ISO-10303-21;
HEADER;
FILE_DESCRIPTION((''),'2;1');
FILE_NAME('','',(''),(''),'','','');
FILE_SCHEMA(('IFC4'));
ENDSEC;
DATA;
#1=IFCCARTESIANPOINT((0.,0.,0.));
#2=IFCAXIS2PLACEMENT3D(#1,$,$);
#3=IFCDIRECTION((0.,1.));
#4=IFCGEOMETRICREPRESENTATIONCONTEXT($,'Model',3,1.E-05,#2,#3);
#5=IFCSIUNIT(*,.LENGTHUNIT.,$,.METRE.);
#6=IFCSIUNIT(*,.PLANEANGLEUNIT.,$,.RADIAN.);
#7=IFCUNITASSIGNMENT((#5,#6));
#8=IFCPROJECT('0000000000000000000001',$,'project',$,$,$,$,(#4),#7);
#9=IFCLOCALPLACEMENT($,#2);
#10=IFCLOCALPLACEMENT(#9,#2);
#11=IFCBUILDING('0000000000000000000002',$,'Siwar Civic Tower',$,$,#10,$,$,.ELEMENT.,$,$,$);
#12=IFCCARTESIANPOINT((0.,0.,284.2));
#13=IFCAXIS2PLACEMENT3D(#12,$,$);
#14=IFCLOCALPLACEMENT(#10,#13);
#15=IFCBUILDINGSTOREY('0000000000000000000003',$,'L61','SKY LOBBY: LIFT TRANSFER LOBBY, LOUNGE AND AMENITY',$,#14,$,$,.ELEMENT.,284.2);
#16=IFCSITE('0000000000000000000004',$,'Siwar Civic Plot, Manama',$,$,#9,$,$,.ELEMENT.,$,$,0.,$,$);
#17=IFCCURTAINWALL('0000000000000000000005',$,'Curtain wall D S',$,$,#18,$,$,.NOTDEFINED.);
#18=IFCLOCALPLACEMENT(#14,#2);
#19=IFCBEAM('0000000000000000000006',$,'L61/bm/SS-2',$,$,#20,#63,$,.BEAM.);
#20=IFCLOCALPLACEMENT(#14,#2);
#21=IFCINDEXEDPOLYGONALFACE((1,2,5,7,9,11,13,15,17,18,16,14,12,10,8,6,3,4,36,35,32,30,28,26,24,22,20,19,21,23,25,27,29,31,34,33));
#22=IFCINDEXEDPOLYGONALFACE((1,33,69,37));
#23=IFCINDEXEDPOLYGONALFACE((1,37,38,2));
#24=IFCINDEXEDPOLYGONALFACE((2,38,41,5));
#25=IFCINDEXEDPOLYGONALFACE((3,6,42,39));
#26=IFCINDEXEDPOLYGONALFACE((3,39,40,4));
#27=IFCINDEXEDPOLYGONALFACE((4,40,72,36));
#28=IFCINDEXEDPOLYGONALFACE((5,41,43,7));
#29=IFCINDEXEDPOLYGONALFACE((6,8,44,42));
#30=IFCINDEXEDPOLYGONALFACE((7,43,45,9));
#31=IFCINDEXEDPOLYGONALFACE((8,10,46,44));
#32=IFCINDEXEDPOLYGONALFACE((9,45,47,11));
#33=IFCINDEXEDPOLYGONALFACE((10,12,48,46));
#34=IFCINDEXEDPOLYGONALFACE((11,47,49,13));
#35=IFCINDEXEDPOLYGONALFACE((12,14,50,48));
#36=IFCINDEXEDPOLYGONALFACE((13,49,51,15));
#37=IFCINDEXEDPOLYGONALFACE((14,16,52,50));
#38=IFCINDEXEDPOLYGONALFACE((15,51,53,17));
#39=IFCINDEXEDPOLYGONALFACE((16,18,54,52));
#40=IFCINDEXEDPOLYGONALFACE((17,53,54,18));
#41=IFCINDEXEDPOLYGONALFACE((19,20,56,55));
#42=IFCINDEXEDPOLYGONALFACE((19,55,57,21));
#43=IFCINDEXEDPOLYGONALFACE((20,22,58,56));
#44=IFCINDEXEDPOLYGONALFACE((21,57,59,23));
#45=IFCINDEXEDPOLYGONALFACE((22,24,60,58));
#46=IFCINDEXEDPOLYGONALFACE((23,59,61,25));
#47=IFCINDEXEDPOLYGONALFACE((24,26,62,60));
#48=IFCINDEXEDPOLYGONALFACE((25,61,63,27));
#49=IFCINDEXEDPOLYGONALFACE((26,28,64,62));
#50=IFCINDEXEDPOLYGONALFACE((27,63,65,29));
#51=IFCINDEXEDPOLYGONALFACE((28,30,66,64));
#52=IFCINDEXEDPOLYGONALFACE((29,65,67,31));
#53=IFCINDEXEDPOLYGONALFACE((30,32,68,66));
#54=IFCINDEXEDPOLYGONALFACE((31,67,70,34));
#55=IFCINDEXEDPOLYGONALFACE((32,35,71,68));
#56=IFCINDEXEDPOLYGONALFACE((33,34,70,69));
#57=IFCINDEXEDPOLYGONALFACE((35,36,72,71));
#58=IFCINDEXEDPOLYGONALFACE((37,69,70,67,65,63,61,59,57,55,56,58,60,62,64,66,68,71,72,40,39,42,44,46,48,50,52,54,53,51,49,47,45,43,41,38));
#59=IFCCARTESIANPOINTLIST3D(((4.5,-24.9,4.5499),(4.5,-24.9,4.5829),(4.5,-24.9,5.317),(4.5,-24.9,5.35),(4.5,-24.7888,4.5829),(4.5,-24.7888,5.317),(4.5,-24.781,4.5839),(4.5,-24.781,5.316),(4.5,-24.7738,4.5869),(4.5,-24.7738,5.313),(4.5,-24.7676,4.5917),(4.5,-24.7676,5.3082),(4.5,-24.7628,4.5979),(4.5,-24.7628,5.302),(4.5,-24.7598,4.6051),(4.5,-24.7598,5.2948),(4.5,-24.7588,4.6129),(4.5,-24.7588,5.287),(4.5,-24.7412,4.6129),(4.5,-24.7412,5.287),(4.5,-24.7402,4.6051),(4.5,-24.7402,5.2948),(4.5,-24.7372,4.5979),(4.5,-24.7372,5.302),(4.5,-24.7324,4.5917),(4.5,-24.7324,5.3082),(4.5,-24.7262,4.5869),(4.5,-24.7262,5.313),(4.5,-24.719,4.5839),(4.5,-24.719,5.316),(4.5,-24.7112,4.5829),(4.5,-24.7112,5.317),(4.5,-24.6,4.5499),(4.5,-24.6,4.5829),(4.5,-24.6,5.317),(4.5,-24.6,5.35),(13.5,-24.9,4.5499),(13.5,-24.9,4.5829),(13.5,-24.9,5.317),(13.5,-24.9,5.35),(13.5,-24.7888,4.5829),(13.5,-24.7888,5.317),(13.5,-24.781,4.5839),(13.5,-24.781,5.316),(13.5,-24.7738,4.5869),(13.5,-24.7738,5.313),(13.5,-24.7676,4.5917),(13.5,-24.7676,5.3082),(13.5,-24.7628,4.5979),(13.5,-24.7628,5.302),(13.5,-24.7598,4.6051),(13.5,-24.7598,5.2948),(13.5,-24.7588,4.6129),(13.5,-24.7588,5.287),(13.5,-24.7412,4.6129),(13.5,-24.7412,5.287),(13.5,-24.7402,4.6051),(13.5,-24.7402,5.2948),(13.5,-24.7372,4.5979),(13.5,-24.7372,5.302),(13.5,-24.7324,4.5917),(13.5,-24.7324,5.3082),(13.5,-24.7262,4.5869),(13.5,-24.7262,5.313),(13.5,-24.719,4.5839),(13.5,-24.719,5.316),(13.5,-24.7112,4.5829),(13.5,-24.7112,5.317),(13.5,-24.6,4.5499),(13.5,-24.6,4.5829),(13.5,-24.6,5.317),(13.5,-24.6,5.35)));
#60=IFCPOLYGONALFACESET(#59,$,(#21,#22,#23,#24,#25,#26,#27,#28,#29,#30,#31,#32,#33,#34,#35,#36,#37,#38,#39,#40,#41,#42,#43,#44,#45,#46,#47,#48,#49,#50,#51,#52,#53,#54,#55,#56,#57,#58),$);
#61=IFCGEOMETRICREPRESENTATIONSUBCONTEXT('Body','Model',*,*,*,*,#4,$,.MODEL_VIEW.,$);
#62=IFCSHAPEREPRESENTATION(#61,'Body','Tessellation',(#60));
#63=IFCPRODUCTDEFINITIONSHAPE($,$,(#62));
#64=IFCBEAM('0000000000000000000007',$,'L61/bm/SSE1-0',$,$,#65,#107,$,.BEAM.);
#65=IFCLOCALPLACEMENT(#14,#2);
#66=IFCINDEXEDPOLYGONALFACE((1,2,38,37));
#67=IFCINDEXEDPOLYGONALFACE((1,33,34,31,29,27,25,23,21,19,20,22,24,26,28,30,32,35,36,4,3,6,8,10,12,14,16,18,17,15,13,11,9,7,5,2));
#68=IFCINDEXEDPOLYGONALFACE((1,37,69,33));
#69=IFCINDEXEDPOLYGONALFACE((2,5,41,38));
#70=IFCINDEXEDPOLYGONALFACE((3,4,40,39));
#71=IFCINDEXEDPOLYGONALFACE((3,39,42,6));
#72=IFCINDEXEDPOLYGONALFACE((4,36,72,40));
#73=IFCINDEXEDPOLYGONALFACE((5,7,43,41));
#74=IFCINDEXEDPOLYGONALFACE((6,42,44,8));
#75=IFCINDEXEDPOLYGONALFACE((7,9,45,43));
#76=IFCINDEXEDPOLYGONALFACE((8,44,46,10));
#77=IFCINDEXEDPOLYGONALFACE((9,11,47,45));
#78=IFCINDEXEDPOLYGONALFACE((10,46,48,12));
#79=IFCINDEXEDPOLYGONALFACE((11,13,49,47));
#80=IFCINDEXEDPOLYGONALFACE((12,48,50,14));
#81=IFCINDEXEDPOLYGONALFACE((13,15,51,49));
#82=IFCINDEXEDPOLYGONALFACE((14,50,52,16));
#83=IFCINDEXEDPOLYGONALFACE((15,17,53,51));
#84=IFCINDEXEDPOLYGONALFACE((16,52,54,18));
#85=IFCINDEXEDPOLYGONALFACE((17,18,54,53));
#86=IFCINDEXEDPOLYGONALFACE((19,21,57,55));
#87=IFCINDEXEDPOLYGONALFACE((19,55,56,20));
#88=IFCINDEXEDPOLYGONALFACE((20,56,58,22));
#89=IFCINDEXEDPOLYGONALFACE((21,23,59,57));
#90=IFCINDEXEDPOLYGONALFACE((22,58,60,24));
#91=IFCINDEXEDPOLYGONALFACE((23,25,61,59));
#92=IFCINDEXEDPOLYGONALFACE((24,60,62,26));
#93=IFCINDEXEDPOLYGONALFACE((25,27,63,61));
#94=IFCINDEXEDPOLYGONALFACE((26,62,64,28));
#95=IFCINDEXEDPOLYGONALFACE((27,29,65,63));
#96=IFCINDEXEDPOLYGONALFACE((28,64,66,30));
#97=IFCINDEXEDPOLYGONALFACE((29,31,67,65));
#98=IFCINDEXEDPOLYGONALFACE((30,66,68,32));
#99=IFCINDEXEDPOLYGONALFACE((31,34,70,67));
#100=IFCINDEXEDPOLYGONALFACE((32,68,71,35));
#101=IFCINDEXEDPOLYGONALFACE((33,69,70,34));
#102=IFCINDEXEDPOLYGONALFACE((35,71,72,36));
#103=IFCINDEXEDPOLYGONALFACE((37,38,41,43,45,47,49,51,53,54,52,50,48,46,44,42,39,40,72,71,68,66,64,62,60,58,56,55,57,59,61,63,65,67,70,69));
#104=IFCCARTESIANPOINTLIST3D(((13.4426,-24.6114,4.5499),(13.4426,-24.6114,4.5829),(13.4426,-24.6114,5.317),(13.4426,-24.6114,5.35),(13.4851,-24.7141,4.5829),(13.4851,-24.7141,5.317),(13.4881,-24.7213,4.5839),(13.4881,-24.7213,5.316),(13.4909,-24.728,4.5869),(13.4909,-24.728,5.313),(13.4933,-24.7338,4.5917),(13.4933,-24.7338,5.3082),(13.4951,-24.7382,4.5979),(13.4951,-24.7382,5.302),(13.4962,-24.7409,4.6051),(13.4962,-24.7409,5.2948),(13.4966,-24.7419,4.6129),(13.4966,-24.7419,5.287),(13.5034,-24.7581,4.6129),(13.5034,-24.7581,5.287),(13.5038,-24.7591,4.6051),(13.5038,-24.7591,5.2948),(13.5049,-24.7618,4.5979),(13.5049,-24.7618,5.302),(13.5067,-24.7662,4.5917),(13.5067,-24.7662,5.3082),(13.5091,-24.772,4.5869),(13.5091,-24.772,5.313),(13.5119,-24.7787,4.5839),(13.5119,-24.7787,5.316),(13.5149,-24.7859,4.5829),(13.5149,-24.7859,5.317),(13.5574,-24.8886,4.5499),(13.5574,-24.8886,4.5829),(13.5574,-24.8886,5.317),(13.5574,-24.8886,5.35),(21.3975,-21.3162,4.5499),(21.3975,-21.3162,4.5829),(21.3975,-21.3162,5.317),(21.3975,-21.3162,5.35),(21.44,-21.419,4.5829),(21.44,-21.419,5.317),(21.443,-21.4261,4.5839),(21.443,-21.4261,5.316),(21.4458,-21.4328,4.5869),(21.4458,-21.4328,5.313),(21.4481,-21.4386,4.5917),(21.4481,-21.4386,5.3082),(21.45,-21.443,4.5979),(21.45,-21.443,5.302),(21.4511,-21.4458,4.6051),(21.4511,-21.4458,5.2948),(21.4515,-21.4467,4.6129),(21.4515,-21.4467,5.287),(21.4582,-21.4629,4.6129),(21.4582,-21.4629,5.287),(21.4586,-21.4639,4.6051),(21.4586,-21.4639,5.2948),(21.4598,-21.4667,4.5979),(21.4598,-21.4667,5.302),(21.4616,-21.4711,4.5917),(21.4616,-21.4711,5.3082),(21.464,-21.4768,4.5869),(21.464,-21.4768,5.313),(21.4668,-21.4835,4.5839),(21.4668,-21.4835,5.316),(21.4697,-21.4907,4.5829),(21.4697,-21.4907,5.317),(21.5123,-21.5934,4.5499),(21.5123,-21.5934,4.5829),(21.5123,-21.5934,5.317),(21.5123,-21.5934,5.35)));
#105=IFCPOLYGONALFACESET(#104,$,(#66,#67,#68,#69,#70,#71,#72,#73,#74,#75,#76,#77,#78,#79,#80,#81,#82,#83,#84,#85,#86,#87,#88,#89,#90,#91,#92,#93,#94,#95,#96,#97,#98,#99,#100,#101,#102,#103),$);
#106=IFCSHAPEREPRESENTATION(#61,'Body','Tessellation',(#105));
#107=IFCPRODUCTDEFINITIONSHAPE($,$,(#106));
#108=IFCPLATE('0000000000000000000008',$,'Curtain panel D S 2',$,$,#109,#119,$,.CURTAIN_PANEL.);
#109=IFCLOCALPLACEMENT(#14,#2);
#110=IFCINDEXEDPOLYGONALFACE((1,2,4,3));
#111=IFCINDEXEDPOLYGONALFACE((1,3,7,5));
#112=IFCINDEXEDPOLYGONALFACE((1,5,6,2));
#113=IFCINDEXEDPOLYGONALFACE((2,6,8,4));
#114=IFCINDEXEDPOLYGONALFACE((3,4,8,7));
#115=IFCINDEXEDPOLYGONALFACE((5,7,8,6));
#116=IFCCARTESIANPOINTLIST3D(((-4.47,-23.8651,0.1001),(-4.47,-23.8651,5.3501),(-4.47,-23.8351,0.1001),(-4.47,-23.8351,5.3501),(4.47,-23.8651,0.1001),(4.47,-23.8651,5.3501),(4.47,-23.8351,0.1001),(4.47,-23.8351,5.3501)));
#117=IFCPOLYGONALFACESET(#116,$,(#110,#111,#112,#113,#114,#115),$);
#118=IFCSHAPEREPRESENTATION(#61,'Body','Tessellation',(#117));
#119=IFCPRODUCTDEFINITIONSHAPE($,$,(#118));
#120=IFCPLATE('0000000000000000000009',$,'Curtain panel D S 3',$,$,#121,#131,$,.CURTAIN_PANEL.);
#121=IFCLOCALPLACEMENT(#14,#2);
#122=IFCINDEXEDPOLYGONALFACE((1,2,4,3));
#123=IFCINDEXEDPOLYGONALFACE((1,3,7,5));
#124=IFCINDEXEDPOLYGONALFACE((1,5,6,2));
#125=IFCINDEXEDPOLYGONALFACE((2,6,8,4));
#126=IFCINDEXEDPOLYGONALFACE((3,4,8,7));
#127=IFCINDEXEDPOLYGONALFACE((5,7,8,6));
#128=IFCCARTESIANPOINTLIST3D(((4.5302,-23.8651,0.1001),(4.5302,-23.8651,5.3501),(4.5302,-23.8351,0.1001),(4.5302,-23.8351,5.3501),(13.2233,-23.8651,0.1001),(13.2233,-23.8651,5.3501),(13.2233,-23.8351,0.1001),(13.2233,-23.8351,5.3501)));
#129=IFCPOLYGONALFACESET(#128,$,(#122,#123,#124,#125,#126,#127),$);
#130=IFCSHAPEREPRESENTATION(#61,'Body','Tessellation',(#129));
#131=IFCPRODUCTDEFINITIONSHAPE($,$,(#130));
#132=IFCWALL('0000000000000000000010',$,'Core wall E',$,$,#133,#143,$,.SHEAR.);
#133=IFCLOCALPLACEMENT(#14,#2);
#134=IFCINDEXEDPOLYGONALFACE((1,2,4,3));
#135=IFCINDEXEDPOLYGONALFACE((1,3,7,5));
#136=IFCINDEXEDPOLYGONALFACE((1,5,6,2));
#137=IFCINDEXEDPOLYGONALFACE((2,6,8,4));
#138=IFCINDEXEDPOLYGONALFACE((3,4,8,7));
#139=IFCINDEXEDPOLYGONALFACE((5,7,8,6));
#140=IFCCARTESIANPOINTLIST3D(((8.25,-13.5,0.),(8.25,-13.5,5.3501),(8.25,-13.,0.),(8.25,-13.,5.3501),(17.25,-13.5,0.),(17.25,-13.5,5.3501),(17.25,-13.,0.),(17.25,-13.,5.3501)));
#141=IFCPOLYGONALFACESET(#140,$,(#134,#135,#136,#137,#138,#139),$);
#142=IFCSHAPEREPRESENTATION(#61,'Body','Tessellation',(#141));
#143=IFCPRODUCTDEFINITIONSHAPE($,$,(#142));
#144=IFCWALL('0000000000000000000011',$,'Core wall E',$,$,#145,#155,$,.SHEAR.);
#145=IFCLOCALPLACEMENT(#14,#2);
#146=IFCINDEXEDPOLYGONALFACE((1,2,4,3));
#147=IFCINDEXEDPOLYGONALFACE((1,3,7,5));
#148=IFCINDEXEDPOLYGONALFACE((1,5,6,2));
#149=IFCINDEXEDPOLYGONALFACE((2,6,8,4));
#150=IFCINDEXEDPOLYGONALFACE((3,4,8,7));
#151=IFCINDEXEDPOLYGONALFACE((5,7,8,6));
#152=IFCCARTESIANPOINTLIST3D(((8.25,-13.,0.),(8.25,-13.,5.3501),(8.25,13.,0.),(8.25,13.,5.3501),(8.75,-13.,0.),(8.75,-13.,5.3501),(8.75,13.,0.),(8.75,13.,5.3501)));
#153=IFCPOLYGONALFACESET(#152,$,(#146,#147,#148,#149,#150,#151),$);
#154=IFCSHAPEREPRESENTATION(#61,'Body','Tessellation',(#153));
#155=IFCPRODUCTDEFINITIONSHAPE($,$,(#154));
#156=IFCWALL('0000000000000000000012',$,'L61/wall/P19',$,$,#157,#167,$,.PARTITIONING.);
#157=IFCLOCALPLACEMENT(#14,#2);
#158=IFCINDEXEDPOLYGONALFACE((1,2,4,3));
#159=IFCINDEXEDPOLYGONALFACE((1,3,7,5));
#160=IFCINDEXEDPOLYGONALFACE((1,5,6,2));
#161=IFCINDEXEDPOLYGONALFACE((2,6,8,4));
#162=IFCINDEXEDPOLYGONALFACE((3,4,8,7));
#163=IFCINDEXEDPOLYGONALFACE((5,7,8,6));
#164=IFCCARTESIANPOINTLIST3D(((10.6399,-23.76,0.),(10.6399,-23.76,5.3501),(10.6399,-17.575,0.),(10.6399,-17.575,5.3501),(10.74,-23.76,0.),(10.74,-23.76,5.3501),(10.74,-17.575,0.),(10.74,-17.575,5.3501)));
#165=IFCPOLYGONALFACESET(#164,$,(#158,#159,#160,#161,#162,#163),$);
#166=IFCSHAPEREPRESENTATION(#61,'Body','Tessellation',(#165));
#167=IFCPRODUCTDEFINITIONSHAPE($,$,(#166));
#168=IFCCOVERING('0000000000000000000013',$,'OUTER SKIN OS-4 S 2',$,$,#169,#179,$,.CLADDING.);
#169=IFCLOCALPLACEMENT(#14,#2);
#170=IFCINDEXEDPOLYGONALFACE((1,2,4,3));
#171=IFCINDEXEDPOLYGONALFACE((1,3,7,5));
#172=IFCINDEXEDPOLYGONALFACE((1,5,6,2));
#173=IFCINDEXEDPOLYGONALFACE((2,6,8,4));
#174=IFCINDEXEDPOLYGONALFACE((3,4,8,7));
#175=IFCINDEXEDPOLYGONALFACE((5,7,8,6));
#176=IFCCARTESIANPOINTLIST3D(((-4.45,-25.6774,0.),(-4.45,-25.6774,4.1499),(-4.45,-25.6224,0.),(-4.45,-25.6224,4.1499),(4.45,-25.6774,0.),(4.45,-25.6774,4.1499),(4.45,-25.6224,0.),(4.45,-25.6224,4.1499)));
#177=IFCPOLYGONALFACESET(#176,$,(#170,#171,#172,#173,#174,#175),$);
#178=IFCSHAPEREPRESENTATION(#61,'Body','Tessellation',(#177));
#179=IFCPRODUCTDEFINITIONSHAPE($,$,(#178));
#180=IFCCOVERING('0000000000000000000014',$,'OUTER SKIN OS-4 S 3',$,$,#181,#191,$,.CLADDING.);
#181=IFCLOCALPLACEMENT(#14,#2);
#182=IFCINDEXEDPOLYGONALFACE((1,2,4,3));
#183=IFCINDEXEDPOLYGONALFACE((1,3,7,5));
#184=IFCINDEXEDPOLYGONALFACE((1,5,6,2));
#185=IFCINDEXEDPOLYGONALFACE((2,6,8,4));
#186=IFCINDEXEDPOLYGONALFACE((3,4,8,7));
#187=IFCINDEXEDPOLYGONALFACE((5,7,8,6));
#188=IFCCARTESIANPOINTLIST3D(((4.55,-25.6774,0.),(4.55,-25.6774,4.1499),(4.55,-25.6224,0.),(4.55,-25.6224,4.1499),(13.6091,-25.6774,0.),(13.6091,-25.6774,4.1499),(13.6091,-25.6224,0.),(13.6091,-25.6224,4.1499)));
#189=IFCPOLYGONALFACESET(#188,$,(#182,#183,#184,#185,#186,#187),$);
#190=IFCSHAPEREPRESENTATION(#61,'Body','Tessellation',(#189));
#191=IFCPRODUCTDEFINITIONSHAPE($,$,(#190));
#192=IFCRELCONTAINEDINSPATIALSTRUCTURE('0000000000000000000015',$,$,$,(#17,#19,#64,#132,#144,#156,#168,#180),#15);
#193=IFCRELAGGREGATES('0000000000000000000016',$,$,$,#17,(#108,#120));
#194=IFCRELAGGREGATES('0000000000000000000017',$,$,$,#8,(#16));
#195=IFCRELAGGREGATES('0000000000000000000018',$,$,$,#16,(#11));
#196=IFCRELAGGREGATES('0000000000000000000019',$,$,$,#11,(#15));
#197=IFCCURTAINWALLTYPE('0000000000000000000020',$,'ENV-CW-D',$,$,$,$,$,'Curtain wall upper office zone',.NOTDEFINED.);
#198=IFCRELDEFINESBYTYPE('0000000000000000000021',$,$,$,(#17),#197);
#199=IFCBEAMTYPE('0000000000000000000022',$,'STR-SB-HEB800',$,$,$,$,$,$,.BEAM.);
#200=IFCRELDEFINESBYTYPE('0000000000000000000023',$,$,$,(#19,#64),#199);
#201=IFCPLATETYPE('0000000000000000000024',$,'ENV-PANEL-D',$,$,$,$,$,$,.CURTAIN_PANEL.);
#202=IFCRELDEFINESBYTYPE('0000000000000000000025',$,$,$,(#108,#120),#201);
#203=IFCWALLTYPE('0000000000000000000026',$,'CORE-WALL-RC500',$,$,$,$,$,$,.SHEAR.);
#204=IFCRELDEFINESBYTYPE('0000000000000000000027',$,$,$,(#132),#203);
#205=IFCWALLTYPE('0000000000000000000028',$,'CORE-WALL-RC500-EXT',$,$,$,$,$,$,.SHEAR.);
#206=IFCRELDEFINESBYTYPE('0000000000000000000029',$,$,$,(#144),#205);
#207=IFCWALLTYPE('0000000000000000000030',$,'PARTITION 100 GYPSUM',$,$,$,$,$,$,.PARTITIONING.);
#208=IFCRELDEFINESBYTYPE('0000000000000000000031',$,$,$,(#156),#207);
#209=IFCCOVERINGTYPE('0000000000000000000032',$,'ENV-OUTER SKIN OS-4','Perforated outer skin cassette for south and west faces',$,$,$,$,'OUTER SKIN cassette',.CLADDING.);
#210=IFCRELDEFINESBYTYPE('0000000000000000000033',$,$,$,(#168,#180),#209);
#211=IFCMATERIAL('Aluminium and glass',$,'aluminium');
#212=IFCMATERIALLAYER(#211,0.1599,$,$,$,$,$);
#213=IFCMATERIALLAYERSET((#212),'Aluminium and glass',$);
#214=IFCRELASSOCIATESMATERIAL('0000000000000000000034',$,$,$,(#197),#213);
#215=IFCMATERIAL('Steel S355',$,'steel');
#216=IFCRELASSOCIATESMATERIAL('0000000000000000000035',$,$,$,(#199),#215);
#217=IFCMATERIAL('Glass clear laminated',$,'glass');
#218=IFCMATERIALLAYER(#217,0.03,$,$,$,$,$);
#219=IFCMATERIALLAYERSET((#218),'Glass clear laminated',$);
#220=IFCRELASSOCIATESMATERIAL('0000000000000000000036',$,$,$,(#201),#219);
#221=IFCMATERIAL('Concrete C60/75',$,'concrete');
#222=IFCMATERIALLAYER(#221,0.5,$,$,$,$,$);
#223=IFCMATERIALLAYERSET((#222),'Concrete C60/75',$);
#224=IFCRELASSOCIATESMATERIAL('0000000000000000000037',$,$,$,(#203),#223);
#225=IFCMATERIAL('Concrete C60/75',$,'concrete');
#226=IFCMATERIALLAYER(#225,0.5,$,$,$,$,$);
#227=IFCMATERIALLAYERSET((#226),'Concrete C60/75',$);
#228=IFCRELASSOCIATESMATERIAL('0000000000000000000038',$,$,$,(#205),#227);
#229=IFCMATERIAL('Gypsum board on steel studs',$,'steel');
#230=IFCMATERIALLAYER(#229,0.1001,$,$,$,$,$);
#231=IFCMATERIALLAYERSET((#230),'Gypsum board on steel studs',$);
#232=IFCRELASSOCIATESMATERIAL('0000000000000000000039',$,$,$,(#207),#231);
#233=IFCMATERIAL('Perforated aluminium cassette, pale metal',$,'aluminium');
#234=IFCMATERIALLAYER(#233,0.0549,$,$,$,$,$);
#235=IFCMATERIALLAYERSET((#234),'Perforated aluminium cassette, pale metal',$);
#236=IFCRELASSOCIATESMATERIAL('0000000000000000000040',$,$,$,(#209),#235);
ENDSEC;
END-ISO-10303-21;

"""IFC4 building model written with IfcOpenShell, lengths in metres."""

from ifc_helpers import new_model, si_unit, direction, frame, frame_2d, origin, origin_2d, place, context, subcontext, project, spatial, rectangle, i_section, extrude, material, layer, layer_set, material_profile, profile_set, type_object, element, aggregate, save


model = new_model("IFC4")

# Units and contexts
model_context = context("Model", 3, precision=1e-05, world=origin(), true_north=direction((0.0, 1.0)))
body_context = subcontext(model_context, "Body", "Model", "MODEL_VIEW")
ifc_project = project(units=[si_unit("LENGTHUNIT", "METRE"), si_unit("PLANEANGLEUNIT", "RADIAN")], contexts=[model_context])

# Site, building, storey
site_placement = place(None, origin())
site = spatial("IfcSite", under=ifc_project, at=site_placement, Name="Siwar Civic Plot, Manama", CompositionType="ELEMENT", RefElevation=0.0)
building_placement = place(site_placement, origin())
building = spatial("IfcBuilding", under=site, at=building_placement, Name="Siwar Civic Tower", CompositionType="ELEMENT")
storey_placement = place(building_placement, frame((0.0, 0.0, 284.2)))
storey = spatial("IfcBuildingStorey", under=building, at=storey_placement, Name="L61", Description="SKY LOBBY: LIFT TRANSFER LOBBY, LOUNGE AND AMENITY", CompositionType="ELEMENT", Elevation=284.2)

# Curtain wall
ifc_material_1 = material(Name="Aluminium and glass", Category="aluminium")
ifc_layer_1 = layer(ifc_material_1, 0.1599)
ifc_layer_set_1 = layer_set([ifc_layer_1], Name="Aluminium and glass")
curtain_wall_type_1 = type_object("IfcCurtainWallType", Name="ENV-CW-D", ElementType="Curtain wall upper office zone", PredefinedType="NOTDEFINED", material=ifc_layer_set_1)
curtain_wall_1_placement = place(storey_placement, origin())
curtain_wall_1 = element("IfcCurtainWall", 1, at=curtain_wall_1_placement, inside=storey, type_object=curtain_wall_type_1, Name="Curtain wall D S", PredefinedType="NOTDEFINED")

# Beams
ifc_material_2 = material(Name="Steel S355", Category="steel")
ifc_material_profile_1 = material_profile(ifc_material_2, i_section(OverallWidth=0.3, OverallDepth=0.8, WebThickness=0.0176, FlangeThickness=0.033, FilletRadius=0.03, at=origin_2d()), Name="HEB800")
ifc_profile_set_1 = profile_set([ifc_material_profile_1], Name="Steel S355")
beam_type_1 = type_object("IfcBeamType", Name="STR-SB-HEB800", PredefinedType="BEAM", material=ifc_profile_set_1)
beam_1_placement = place(storey_placement, frame((4.5, -24.75, 4.95), z_axis=(1.0, 0.0, 0.0), x_axis=(0.0, 1.0, 0.0)))
element("IfcBeam", 2, at=beam_1_placement, inside=storey, type_object=beam_type_1, Name="L61/bm/SS-2", PredefinedType="BEAM", context=body_context, shape_type="SweptSolid", body=[
    extrude(i_section(OverallWidth=0.3, OverallDepth=0.8, WebThickness=0.0176, FlangeThickness=0.033, FilletRadius=0.03, at=origin_2d()), origin(), (0.0, 0.0, 1.0), 9.0),
])
beam_2_placement = place(storey_placement, frame((13.5, -24.75, 4.95), z_axis=(0.923873, 0.3827, 0.0), x_axis=(-0.3827, 0.923873, 0.0)))
element("IfcBeam", 3, at=beam_2_placement, inside=storey, type_object=beam_type_1, Name="L61/bm/SSE1-0", PredefinedType="BEAM", context=body_context, shape_type="SweptSolid", body=[
    extrude(i_section(OverallWidth=0.3, OverallDepth=0.8, WebThickness=0.0176, FlangeThickness=0.033, FilletRadius=0.03, at=origin_2d()), origin(), (0.0, 0.0, 1.0), 8.6104),
])

# Plates
ifc_material_3 = material(Name="Glass clear laminated", Category="glass")
ifc_layer_2 = layer(ifc_material_3, 0.03)
ifc_layer_set_2 = layer_set([ifc_layer_2], Name="Glass clear laminated")
plate_type = type_object("IfcPlateType", Name="ENV-PANEL-D", PredefinedType="CURTAIN_PANEL", material=ifc_layer_set_2)
plate_1_placement = place(storey_placement, frame((0.0, -23.8501, 0.1001), z_axis=(0.0, 0.0, 1.0), x_axis=(1.0, 0.0, 0.0)))
plate_1 = element("IfcPlate", 4, at=plate_1_placement, type_object=plate_type, Name="Curtain panel D S 2", PredefinedType="CURTAIN_PANEL", context=body_context, shape_type="SweptSolid", body=[
    extrude(rectangle(XDim=8.9399, YDim=0.03, at=origin_2d()), origin(), (0.0, 0.0, 1.0), 5.25),
])
plate_2_placement = place(storey_placement, frame((8.8767, -23.8501, 0.1001), z_axis=(0.0, 0.0, 1.0), x_axis=(1.0, 0.0, 0.0)))
plate_2 = element("IfcPlate", 5, at=plate_2_placement, type_object=plate_type, Name="Curtain panel D S 3", PredefinedType="CURTAIN_PANEL", context=body_context, shape_type="SweptSolid", body=[
    extrude(rectangle(XDim=8.6931, YDim=0.03, at=origin_2d()), origin(), (0.0, 0.0, 1.0), 5.25),
])
aggregate(curtain_wall_1, [plate_1, plate_2])

# Walls
ifc_material_4 = material(Name="Concrete C60/75", Category="concrete")
ifc_layer_3 = layer(ifc_material_4, 0.5)
ifc_layer_set_3 = layer_set([ifc_layer_3], Name="Concrete C60/75")
wall_type_1 = type_object("IfcWallType", Name="CORE-WALL-RC500", PredefinedType="SHEAR", material=ifc_layer_set_3)
wall_1_placement = place(storey_placement, frame((8.25, -13.25, 0.0), z_axis=(0.0, 0.0, 1.0), x_axis=(1.0, 0.0, 0.0)))
element("IfcWall", 6, at=wall_1_placement, inside=storey, type_object=wall_type_1, Name="Core wall E", PredefinedType="SHEAR", context=body_context, shape_type="SweptSolid", body=[
    extrude(rectangle(XDim=9.0, YDim=0.5, at=frame_2d((4.5, 0.0))), origin(), (0.0, 0.0, 1.0), 5.3501),
])
ifc_material_5 = material(Name="Concrete C60/75", Category="concrete")
ifc_layer_4 = layer(ifc_material_5, 0.5)
ifc_layer_set_4 = layer_set([ifc_layer_4], Name="Concrete C60/75")
wall_type_2 = type_object("IfcWallType", Name="CORE-WALL-RC500-EXT", PredefinedType="SHEAR", material=ifc_layer_set_4)
wall_2_placement = place(storey_placement, frame((8.5, -13.0, 0.0), z_axis=(0.0, 0.0, 1.0), x_axis=(0.0, 1.0, 0.0)))
element("IfcWall", 7, at=wall_2_placement, inside=storey, type_object=wall_type_2, Name="Core wall E", PredefinedType="SHEAR", context=body_context, shape_type="SweptSolid", body=[
    extrude(rectangle(XDim=26.0, YDim=0.5, at=frame_2d((13.0, 0.0))), origin(), (0.0, 0.0, 1.0), 5.3501),
])
ifc_material_6 = material(Name="Gypsum board on steel studs", Category="steel")
ifc_layer_5 = layer(ifc_material_6, 0.1001)
ifc_layer_set_5 = layer_set([ifc_layer_5], Name="Gypsum board on steel studs")
wall_type_3 = type_object("IfcWallType", Name="PARTITION 100 GYPSUM", PredefinedType="PARTITIONING", material=ifc_layer_set_5)
wall_3_placement = place(storey_placement, frame((10.6899, -23.76, 0.0), z_axis=(0.0, 0.0, 1.0), x_axis=(0.0, 1.0, 0.0)))
element("IfcWall", 8, at=wall_3_placement, inside=storey, type_object=wall_type_3, Name="L61/wall/P19", PredefinedType="PARTITIONING", context=body_context, shape_type="SweptSolid", body=[
    extrude(rectangle(XDim=6.1851, YDim=0.1001, at=frame_2d((3.0925, 0.0))), origin(), (0.0, 0.0, 1.0), 5.3501),
])

# Coverings
ifc_material_7 = material(Name="Perforated aluminium cassette, pale metal", Category="aluminium")
ifc_layer_6 = layer(ifc_material_7, 0.0549)
ifc_layer_set_6 = layer_set([ifc_layer_6], Name="Perforated aluminium cassette, pale metal")
covering_type = type_object("IfcCoveringType", Name="ENV-OUTER SKIN OS-4", Description="Perforated outer skin cassette for south and west faces", ElementType="OUTER SKIN cassette", PredefinedType="CLADDING", material=ifc_layer_set_6)
covering_1_placement = place(storey_placement, frame((0.0, -25.6499, 0.0), z_axis=(0.0, 0.0, 1.0), x_axis=(1.0, 0.0, 0.0)))
element("IfcCovering", 9, at=covering_1_placement, inside=storey, type_object=covering_type, Name="OUTER SKIN OS-4 S 2", PredefinedType="CLADDING", context=body_context, shape_type="SweptSolid", body=[
    extrude(rectangle(XDim=8.8999, YDim=0.0549, at=origin_2d()), origin(), (0.0, 0.0, 1.0), 4.1499),
])
covering_2_placement = place(storey_placement, frame((9.0796, -25.6499, 0.0), z_axis=(0.0, 0.0, 1.0), x_axis=(1.0, 0.0, 0.0)))
element("IfcCovering", 10, at=covering_2_placement, inside=storey, type_object=covering_type, Name="OUTER SKIN OS-4 S 3", PredefinedType="CLADDING", context=body_context, shape_type="SweptSolid", body=[
    extrude(rectangle(XDim=9.0591, YDim=0.0549, at=origin_2d()), origin(), (0.0, 0.0, 1.0), 4.1499),
])

save(model, "model.ifc")
